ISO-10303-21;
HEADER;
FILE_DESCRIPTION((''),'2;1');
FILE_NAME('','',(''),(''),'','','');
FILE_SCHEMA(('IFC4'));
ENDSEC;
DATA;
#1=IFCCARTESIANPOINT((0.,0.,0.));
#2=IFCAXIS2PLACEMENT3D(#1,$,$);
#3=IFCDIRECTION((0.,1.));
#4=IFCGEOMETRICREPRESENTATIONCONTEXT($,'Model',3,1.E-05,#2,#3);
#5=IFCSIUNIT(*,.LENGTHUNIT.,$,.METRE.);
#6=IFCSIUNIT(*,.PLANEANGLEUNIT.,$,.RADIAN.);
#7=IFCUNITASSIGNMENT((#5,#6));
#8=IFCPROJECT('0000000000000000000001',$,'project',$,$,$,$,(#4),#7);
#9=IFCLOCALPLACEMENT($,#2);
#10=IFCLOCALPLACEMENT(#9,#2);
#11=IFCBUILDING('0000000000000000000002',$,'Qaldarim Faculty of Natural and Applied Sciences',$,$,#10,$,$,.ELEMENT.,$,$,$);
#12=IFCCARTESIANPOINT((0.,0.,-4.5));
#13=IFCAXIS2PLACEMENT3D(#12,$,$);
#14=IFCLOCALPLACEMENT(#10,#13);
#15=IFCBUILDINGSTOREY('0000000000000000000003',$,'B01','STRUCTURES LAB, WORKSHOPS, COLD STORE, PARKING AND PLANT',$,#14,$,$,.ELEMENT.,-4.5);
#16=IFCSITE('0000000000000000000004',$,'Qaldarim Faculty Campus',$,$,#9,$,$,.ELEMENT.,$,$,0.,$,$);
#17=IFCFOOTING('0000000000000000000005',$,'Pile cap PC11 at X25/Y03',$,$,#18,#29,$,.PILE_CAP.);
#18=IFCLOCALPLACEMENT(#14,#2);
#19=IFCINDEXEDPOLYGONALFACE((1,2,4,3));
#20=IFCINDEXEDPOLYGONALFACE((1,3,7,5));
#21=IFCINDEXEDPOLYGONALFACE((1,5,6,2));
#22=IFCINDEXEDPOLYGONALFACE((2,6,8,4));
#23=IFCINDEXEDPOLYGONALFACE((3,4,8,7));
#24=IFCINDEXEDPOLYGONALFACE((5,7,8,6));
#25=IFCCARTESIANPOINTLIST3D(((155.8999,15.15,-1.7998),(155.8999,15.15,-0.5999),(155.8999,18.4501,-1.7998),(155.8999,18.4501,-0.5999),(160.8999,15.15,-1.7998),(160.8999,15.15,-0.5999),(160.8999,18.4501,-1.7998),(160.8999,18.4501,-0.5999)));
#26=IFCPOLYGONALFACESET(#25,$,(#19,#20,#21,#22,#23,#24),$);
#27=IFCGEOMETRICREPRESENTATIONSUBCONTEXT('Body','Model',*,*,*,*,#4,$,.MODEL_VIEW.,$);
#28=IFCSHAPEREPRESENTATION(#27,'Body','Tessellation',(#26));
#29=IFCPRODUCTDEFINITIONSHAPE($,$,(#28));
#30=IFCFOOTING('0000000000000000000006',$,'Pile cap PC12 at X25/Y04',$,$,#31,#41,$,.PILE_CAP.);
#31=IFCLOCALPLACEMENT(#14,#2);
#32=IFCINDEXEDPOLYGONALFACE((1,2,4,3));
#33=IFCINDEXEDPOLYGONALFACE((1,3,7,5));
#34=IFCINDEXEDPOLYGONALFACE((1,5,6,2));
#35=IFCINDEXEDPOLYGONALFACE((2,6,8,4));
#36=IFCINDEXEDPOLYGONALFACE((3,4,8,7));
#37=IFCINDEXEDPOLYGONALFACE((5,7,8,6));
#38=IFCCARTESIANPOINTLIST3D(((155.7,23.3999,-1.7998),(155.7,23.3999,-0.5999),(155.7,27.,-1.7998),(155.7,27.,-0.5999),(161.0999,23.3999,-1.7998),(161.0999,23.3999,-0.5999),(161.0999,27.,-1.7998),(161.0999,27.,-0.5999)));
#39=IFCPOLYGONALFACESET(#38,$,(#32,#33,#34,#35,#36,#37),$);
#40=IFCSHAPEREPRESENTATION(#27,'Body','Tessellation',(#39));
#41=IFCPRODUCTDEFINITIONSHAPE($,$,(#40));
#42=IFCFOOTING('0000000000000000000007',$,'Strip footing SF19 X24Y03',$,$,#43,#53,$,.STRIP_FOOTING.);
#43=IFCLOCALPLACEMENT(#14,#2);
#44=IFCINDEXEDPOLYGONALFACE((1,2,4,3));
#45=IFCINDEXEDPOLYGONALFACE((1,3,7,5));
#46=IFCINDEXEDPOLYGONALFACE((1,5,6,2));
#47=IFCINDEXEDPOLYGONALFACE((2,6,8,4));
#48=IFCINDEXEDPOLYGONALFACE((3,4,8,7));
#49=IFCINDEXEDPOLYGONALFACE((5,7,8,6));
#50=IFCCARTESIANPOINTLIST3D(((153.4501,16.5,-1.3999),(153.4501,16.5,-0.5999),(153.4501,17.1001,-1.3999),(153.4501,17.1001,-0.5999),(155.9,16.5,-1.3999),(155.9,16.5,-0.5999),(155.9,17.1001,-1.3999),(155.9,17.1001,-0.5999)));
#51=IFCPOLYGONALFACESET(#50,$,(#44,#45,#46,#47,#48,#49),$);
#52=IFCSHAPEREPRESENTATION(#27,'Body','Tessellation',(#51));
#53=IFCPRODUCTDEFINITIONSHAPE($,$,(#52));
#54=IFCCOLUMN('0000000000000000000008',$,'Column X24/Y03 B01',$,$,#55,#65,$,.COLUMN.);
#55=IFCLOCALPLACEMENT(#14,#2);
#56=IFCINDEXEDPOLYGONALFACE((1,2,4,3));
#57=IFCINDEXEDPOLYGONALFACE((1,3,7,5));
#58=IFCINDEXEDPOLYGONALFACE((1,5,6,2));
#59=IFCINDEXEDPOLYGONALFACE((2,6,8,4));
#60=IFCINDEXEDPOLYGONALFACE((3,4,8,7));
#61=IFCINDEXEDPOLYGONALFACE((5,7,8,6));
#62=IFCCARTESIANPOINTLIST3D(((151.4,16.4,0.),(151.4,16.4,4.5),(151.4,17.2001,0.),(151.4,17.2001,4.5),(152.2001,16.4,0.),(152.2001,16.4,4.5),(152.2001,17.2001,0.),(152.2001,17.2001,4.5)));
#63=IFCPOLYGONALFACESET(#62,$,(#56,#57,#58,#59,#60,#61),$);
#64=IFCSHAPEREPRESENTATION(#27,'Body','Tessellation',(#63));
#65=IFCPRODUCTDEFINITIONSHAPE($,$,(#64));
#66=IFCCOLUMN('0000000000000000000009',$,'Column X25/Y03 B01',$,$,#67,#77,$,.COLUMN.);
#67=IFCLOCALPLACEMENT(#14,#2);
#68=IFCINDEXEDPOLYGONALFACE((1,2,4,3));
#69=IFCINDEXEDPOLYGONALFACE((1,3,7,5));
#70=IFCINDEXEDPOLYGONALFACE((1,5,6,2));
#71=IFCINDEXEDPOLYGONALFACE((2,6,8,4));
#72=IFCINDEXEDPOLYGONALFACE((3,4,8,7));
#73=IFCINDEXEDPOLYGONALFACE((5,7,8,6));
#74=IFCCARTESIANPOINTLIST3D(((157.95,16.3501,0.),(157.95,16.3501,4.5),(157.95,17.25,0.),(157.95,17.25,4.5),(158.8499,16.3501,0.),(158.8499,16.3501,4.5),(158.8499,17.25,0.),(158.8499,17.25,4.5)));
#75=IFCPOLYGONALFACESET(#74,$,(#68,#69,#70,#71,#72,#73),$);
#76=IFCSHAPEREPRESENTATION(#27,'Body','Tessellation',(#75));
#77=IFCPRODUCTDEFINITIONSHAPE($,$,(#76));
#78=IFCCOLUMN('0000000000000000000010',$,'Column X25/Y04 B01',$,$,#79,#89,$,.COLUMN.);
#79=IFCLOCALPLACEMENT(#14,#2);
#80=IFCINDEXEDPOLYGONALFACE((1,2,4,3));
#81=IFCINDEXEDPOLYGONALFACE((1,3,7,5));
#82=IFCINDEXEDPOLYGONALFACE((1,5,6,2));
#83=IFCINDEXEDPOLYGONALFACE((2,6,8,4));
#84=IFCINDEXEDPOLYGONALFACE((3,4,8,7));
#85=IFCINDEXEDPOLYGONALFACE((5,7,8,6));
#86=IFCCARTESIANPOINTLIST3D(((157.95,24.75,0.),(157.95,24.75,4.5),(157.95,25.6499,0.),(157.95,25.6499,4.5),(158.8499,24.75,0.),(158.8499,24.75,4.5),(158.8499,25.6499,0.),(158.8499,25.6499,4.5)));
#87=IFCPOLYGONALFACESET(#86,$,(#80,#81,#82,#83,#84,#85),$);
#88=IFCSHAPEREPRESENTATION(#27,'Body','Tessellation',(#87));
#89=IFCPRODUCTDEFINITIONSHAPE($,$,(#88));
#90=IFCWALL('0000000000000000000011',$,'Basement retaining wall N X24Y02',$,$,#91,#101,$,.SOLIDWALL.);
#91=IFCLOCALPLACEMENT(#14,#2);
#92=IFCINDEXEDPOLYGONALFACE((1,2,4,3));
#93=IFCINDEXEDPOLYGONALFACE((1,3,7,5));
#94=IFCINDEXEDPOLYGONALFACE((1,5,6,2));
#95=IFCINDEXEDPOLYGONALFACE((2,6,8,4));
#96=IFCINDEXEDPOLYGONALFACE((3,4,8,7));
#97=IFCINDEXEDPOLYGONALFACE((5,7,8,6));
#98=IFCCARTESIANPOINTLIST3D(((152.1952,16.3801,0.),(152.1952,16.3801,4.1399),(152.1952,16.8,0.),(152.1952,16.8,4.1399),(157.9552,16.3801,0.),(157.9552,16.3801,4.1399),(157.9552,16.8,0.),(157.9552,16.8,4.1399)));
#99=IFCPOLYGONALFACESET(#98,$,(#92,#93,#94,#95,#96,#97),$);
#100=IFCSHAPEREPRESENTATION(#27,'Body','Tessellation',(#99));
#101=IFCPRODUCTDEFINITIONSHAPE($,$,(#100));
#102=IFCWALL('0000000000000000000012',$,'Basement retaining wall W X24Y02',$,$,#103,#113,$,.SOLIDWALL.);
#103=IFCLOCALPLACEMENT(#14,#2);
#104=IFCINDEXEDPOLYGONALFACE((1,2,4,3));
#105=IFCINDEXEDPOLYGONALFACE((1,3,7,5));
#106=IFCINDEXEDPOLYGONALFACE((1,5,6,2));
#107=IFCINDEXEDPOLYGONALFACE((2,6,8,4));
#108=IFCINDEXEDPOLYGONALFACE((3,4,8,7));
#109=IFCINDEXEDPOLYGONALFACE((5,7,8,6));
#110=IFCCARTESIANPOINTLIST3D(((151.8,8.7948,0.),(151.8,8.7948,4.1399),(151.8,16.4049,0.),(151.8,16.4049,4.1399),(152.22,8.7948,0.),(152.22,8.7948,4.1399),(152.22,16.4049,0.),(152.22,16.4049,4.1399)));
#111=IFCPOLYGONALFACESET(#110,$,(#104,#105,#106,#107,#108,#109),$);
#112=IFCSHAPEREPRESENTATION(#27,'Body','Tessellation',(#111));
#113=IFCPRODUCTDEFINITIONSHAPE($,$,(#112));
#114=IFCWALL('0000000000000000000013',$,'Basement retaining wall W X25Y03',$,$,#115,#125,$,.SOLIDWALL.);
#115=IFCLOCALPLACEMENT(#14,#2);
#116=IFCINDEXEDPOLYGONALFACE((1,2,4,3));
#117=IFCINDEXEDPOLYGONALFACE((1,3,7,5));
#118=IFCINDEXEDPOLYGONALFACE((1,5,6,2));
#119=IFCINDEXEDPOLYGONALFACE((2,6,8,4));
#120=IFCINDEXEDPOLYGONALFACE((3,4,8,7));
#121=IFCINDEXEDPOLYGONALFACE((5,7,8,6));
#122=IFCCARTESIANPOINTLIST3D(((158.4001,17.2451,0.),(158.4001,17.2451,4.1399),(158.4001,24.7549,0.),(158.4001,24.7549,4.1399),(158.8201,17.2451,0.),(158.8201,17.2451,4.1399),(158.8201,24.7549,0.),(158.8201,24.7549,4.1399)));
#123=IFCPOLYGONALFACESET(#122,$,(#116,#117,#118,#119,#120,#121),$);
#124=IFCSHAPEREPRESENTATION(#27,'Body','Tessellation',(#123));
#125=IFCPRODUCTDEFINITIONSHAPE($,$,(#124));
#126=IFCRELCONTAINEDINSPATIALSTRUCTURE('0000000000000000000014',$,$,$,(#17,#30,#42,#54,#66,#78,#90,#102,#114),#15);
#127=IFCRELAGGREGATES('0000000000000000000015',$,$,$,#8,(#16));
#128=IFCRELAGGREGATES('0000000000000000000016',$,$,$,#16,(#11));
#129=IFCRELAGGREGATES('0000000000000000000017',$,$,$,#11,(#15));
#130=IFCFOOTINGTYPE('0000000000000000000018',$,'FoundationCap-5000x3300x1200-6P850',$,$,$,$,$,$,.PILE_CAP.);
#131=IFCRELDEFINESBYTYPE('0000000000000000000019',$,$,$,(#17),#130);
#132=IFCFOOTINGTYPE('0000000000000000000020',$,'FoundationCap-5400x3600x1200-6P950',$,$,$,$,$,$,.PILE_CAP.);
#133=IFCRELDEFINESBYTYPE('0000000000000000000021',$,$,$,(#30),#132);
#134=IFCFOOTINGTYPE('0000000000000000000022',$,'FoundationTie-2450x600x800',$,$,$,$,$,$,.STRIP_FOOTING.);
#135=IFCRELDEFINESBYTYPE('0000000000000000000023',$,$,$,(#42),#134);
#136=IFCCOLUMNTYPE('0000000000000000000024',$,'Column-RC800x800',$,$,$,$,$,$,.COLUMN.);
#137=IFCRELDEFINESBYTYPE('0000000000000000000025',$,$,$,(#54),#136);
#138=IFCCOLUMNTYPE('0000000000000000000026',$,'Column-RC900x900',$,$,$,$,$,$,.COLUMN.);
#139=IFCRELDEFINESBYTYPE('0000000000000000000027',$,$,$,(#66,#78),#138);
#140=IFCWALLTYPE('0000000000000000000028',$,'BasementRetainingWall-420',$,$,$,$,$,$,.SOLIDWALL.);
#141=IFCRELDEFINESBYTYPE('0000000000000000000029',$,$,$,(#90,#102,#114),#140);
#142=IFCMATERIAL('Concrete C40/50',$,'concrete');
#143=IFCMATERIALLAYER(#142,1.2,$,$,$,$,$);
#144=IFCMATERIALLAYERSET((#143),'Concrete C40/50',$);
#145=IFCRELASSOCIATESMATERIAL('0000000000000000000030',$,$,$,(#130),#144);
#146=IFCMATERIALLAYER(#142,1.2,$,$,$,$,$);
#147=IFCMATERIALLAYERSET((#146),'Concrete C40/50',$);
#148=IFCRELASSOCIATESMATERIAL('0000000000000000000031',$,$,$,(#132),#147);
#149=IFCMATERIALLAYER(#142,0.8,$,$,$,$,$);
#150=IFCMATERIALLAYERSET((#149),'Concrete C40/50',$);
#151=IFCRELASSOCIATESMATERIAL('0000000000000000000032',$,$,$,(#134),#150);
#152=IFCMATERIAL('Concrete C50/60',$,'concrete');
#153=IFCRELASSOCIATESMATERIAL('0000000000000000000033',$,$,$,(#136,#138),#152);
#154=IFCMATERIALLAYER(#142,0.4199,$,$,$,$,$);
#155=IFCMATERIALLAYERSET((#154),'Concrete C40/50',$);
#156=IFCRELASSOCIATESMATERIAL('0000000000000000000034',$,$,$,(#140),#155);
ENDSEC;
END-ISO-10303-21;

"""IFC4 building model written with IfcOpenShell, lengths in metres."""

from ifc_helpers import new_model, si_unit, direction, frame, frame_2d, origin, origin_2d, place, context, subcontext, project, spatial, rectangle, extrude, material, layer, layer_set, material_profile, profile_set, type_object, element, save


model = new_model("IFC4")

# Units and contexts
model_context = context("Model", 3, precision=1e-05, world=origin(), true_north=direction((0.0, 1.0)))
body_context = subcontext(model_context, "Body", "Model", "MODEL_VIEW")
ifc_project = project(units=[si_unit("LENGTHUNIT", "METRE"), si_unit("PLANEANGLEUNIT", "RADIAN")], contexts=[model_context])

# Site, building, storey
site_placement = place(None, origin())
site = spatial("IfcSite", under=ifc_project, at=site_placement, Name="Qaldarim Faculty Campus", CompositionType="ELEMENT", RefElevation=0.0)
building_placement = place(site_placement, origin())
building = spatial("IfcBuilding", under=site, at=building_placement, Name="Qaldarim Faculty of Natural and Applied Sciences", CompositionType="ELEMENT")
storey_placement = place(building_placement, frame((0.0, 0.0, -4.5)))
storey = spatial("IfcBuildingStorey", under=building, at=storey_placement, Name="B01", Description="STRUCTURES LAB, WORKSHOPS, COLD STORE, PARKING AND PLANT", CompositionType="ELEMENT", Elevation=-4.5)

# Shared definitions
ifc_material_1 = material(Name="Concrete C40/50", Category="concrete")

# Footings
ifc_layer_1 = layer(ifc_material_1, 1.2)
ifc_layer_set_1 = layer_set([ifc_layer_1], Name="Concrete C40/50")
footing_type_1 = type_object("IfcFootingType", Name="FoundationCap-5000x3300x1200-6P850", PredefinedType="PILE_CAP", material=ifc_layer_set_1)
footing_1_placement = place(storey_placement, frame((158.3999, 16.8, -1.7998), z_axis=(0.0, 0.0, 1.0), x_axis=(1.0, 0.0, 0.0)))
element("IfcFooting", 1, at=footing_1_placement, inside=storey, type_object=footing_type_1, Name="Pile cap PC11 at X25/Y03", PredefinedType="PILE_CAP", context=body_context, shape_type="SweptSolid", body=[
    extrude(rectangle(XDim=5.0, YDim=3.3, at=origin_2d()), origin(), (0.0, 0.0, 1.0), 1.2),
])
ifc_layer_2 = layer(ifc_material_1, 1.2)
ifc_layer_set_2 = layer_set([ifc_layer_2], Name="Concrete C40/50")
footing_type_2 = type_object("IfcFootingType", Name="FoundationCap-5400x3600x1200-6P950", PredefinedType="PILE_CAP", material=ifc_layer_set_2)
footing_2_placement = place(storey_placement, frame((158.3999, 25.2, -1.7998), z_axis=(0.0, 0.0, 1.0), x_axis=(1.0, 0.0, 0.0)))
element("IfcFooting", 2, at=footing_2_placement, inside=storey, type_object=footing_type_2, Name="Pile cap PC12 at X25/Y04", PredefinedType="PILE_CAP", context=body_context, shape_type="SweptSolid", body=[
    extrude(rectangle(XDim=5.3999, YDim=3.6001, at=origin_2d()), origin(), (0.0, 0.0, 1.0), 1.2),
])
ifc_layer_3 = layer(ifc_material_1, 0.8)
ifc_layer_set_3 = layer_set([ifc_layer_3], Name="Concrete C40/50")
footing_type_3 = type_object("IfcFootingType", Name="FoundationTie-2450x600x800", PredefinedType="STRIP_FOOTING", material=ifc_layer_set_3)
footing_3_placement = place(storey_placement, frame((154.675, 16.8, -1.3999), z_axis=(0.0, 0.0, 1.0), x_axis=(1.0, 0.0, 0.0)))
element("IfcFooting", 3, at=footing_3_placement, inside=storey, type_object=footing_type_3, Name="Strip footing SF19 X24Y03", PredefinedType="STRIP_FOOTING", context=body_context, shape_type="SweptSolid", body=[
    extrude(rectangle(XDim=2.45, YDim=0.6001, at=origin_2d()), origin(), (0.0, 0.0, 1.0), 0.8),
])

# Columns
ifc_material_2 = material(Name="Concrete C50/60", Category="concrete")
ifc_material_profile_1 = material_profile(ifc_material_2, rectangle(XDim=0.8, YDim=0.8, at=origin_2d()), Name="RC-C800x800")
ifc_profile_set_1 = profile_set([ifc_material_profile_1], Name="Concrete C50/60")
column_type_1 = type_object("IfcColumnType", Name="Column-RC800x800", PredefinedType="COLUMN", material=ifc_profile_set_1)
column_placement = place(storey_placement, frame((151.8, 16.8, 0.0), z_axis=(0.0, 0.0, 1.0), x_axis=(1.0, 0.0, 0.0)))
element("IfcColumn", 4, at=column_placement, inside=storey, type_object=column_type_1, Name="Column X24/Y03 B01", PredefinedType="COLUMN", context=body_context, shape_type="SweptSolid", body=[
    extrude(rectangle(XDim=0.8, YDim=0.8, at=origin_2d()), origin(), (0.0, 0.0, 1.0), 4.5),
])
ifc_material_profile_2 = material_profile(ifc_material_2, rectangle(XDim=0.8999, YDim=0.8999, at=origin_2d()), Name="RC-C900x900")
ifc_profile_set_2 = profile_set([ifc_material_profile_2], Name="Concrete C50/60")
column_type_2 = type_object("IfcColumnType", Name="Column-RC900x900", PredefinedType="COLUMN", material=ifc_profile_set_2)
for number, where, z_axis, x_axis, name in (
    (5, (158.3999, 16.8, 0.0), (0.0, 0.0, 1.0), (1.0, 0.0, 0.0), "Column X25/Y03 B01"),
    (6, (158.3999, 25.2, 0.0), (0.0, 0.0, 1.0), (1.0, 0.0, 0.0), "Column X25/Y04 B01"),
):
    element("IfcColumn", number, at=place(storey_placement, frame(where, z_axis=z_axis, x_axis=x_axis)), inside=storey, type_object=column_type_2, Name=name, PredefinedType="COLUMN", context=body_context, shape_type="SweptSolid", body=[
        extrude(rectangle(XDim=0.8999, YDim=0.8999, at=origin_2d()), origin(), (0.0, 0.0, 1.0), 4.5),
    ])

# Walls
ifc_layer_4 = layer(ifc_material_1, 0.4199)
ifc_layer_set_4 = layer_set([ifc_layer_4], Name="Concrete C40/50")
wall_type = type_object("IfcWallType", Name="BasementRetainingWall-420", PredefinedType="SOLIDWALL", material=ifc_layer_set_4)
wall_1_placement = place(storey_placement, frame((157.9551, 16.5901, 0.0), z_axis=(0.0, 0.0, 1.0), x_axis=(-1.0, 0.0, 0.0)))
element("IfcWall", 7, at=wall_1_placement, inside=storey, type_object=wall_type, Name="Basement retaining wall N X24Y02", PredefinedType="SOLIDWALL", context=body_context, shape_type="SweptSolid", body=[
    extrude(rectangle(XDim=5.76, YDim=0.4199, at=frame_2d((2.8799, 0.0))), origin(), (0.0, 0.0, 1.0), 4.1399),
])
wall_2_placement = place(storey_placement, frame((152.01, 16.405, 0.0), z_axis=(0.0, 0.0, 1.0), x_axis=(0.0, -1.0, 0.0)))
element("IfcWall", 8, at=wall_2_placement, inside=storey, type_object=wall_type, Name="Basement retaining wall W X24Y02", PredefinedType="SOLIDWALL", context=body_context, shape_type="SweptSolid", body=[
    extrude(rectangle(XDim=7.6101, YDim=0.4199, at=frame_2d((3.8052, 0.0))), origin(), (0.0, 0.0, 1.0), 4.1399),
])
wall_3_placement = place(storey_placement, frame((158.6101, 24.7549, 0.0), z_axis=(0.0, 0.0, 1.0), x_axis=(0.0, -1.0, 0.0)))
element("IfcWall", 9, at=wall_3_placement, inside=storey, type_object=wall_type, Name="Basement retaining wall W X25Y03", PredefinedType="SOLIDWALL", context=body_context, shape_type="SweptSolid", body=[
    extrude(rectangle(XDim=7.5098, YDim=0.4199, at=frame_2d((3.7549, 0.0))), origin(), (0.0, 0.0, 1.0), 4.1399),
])

save(model, "model.ifc")
